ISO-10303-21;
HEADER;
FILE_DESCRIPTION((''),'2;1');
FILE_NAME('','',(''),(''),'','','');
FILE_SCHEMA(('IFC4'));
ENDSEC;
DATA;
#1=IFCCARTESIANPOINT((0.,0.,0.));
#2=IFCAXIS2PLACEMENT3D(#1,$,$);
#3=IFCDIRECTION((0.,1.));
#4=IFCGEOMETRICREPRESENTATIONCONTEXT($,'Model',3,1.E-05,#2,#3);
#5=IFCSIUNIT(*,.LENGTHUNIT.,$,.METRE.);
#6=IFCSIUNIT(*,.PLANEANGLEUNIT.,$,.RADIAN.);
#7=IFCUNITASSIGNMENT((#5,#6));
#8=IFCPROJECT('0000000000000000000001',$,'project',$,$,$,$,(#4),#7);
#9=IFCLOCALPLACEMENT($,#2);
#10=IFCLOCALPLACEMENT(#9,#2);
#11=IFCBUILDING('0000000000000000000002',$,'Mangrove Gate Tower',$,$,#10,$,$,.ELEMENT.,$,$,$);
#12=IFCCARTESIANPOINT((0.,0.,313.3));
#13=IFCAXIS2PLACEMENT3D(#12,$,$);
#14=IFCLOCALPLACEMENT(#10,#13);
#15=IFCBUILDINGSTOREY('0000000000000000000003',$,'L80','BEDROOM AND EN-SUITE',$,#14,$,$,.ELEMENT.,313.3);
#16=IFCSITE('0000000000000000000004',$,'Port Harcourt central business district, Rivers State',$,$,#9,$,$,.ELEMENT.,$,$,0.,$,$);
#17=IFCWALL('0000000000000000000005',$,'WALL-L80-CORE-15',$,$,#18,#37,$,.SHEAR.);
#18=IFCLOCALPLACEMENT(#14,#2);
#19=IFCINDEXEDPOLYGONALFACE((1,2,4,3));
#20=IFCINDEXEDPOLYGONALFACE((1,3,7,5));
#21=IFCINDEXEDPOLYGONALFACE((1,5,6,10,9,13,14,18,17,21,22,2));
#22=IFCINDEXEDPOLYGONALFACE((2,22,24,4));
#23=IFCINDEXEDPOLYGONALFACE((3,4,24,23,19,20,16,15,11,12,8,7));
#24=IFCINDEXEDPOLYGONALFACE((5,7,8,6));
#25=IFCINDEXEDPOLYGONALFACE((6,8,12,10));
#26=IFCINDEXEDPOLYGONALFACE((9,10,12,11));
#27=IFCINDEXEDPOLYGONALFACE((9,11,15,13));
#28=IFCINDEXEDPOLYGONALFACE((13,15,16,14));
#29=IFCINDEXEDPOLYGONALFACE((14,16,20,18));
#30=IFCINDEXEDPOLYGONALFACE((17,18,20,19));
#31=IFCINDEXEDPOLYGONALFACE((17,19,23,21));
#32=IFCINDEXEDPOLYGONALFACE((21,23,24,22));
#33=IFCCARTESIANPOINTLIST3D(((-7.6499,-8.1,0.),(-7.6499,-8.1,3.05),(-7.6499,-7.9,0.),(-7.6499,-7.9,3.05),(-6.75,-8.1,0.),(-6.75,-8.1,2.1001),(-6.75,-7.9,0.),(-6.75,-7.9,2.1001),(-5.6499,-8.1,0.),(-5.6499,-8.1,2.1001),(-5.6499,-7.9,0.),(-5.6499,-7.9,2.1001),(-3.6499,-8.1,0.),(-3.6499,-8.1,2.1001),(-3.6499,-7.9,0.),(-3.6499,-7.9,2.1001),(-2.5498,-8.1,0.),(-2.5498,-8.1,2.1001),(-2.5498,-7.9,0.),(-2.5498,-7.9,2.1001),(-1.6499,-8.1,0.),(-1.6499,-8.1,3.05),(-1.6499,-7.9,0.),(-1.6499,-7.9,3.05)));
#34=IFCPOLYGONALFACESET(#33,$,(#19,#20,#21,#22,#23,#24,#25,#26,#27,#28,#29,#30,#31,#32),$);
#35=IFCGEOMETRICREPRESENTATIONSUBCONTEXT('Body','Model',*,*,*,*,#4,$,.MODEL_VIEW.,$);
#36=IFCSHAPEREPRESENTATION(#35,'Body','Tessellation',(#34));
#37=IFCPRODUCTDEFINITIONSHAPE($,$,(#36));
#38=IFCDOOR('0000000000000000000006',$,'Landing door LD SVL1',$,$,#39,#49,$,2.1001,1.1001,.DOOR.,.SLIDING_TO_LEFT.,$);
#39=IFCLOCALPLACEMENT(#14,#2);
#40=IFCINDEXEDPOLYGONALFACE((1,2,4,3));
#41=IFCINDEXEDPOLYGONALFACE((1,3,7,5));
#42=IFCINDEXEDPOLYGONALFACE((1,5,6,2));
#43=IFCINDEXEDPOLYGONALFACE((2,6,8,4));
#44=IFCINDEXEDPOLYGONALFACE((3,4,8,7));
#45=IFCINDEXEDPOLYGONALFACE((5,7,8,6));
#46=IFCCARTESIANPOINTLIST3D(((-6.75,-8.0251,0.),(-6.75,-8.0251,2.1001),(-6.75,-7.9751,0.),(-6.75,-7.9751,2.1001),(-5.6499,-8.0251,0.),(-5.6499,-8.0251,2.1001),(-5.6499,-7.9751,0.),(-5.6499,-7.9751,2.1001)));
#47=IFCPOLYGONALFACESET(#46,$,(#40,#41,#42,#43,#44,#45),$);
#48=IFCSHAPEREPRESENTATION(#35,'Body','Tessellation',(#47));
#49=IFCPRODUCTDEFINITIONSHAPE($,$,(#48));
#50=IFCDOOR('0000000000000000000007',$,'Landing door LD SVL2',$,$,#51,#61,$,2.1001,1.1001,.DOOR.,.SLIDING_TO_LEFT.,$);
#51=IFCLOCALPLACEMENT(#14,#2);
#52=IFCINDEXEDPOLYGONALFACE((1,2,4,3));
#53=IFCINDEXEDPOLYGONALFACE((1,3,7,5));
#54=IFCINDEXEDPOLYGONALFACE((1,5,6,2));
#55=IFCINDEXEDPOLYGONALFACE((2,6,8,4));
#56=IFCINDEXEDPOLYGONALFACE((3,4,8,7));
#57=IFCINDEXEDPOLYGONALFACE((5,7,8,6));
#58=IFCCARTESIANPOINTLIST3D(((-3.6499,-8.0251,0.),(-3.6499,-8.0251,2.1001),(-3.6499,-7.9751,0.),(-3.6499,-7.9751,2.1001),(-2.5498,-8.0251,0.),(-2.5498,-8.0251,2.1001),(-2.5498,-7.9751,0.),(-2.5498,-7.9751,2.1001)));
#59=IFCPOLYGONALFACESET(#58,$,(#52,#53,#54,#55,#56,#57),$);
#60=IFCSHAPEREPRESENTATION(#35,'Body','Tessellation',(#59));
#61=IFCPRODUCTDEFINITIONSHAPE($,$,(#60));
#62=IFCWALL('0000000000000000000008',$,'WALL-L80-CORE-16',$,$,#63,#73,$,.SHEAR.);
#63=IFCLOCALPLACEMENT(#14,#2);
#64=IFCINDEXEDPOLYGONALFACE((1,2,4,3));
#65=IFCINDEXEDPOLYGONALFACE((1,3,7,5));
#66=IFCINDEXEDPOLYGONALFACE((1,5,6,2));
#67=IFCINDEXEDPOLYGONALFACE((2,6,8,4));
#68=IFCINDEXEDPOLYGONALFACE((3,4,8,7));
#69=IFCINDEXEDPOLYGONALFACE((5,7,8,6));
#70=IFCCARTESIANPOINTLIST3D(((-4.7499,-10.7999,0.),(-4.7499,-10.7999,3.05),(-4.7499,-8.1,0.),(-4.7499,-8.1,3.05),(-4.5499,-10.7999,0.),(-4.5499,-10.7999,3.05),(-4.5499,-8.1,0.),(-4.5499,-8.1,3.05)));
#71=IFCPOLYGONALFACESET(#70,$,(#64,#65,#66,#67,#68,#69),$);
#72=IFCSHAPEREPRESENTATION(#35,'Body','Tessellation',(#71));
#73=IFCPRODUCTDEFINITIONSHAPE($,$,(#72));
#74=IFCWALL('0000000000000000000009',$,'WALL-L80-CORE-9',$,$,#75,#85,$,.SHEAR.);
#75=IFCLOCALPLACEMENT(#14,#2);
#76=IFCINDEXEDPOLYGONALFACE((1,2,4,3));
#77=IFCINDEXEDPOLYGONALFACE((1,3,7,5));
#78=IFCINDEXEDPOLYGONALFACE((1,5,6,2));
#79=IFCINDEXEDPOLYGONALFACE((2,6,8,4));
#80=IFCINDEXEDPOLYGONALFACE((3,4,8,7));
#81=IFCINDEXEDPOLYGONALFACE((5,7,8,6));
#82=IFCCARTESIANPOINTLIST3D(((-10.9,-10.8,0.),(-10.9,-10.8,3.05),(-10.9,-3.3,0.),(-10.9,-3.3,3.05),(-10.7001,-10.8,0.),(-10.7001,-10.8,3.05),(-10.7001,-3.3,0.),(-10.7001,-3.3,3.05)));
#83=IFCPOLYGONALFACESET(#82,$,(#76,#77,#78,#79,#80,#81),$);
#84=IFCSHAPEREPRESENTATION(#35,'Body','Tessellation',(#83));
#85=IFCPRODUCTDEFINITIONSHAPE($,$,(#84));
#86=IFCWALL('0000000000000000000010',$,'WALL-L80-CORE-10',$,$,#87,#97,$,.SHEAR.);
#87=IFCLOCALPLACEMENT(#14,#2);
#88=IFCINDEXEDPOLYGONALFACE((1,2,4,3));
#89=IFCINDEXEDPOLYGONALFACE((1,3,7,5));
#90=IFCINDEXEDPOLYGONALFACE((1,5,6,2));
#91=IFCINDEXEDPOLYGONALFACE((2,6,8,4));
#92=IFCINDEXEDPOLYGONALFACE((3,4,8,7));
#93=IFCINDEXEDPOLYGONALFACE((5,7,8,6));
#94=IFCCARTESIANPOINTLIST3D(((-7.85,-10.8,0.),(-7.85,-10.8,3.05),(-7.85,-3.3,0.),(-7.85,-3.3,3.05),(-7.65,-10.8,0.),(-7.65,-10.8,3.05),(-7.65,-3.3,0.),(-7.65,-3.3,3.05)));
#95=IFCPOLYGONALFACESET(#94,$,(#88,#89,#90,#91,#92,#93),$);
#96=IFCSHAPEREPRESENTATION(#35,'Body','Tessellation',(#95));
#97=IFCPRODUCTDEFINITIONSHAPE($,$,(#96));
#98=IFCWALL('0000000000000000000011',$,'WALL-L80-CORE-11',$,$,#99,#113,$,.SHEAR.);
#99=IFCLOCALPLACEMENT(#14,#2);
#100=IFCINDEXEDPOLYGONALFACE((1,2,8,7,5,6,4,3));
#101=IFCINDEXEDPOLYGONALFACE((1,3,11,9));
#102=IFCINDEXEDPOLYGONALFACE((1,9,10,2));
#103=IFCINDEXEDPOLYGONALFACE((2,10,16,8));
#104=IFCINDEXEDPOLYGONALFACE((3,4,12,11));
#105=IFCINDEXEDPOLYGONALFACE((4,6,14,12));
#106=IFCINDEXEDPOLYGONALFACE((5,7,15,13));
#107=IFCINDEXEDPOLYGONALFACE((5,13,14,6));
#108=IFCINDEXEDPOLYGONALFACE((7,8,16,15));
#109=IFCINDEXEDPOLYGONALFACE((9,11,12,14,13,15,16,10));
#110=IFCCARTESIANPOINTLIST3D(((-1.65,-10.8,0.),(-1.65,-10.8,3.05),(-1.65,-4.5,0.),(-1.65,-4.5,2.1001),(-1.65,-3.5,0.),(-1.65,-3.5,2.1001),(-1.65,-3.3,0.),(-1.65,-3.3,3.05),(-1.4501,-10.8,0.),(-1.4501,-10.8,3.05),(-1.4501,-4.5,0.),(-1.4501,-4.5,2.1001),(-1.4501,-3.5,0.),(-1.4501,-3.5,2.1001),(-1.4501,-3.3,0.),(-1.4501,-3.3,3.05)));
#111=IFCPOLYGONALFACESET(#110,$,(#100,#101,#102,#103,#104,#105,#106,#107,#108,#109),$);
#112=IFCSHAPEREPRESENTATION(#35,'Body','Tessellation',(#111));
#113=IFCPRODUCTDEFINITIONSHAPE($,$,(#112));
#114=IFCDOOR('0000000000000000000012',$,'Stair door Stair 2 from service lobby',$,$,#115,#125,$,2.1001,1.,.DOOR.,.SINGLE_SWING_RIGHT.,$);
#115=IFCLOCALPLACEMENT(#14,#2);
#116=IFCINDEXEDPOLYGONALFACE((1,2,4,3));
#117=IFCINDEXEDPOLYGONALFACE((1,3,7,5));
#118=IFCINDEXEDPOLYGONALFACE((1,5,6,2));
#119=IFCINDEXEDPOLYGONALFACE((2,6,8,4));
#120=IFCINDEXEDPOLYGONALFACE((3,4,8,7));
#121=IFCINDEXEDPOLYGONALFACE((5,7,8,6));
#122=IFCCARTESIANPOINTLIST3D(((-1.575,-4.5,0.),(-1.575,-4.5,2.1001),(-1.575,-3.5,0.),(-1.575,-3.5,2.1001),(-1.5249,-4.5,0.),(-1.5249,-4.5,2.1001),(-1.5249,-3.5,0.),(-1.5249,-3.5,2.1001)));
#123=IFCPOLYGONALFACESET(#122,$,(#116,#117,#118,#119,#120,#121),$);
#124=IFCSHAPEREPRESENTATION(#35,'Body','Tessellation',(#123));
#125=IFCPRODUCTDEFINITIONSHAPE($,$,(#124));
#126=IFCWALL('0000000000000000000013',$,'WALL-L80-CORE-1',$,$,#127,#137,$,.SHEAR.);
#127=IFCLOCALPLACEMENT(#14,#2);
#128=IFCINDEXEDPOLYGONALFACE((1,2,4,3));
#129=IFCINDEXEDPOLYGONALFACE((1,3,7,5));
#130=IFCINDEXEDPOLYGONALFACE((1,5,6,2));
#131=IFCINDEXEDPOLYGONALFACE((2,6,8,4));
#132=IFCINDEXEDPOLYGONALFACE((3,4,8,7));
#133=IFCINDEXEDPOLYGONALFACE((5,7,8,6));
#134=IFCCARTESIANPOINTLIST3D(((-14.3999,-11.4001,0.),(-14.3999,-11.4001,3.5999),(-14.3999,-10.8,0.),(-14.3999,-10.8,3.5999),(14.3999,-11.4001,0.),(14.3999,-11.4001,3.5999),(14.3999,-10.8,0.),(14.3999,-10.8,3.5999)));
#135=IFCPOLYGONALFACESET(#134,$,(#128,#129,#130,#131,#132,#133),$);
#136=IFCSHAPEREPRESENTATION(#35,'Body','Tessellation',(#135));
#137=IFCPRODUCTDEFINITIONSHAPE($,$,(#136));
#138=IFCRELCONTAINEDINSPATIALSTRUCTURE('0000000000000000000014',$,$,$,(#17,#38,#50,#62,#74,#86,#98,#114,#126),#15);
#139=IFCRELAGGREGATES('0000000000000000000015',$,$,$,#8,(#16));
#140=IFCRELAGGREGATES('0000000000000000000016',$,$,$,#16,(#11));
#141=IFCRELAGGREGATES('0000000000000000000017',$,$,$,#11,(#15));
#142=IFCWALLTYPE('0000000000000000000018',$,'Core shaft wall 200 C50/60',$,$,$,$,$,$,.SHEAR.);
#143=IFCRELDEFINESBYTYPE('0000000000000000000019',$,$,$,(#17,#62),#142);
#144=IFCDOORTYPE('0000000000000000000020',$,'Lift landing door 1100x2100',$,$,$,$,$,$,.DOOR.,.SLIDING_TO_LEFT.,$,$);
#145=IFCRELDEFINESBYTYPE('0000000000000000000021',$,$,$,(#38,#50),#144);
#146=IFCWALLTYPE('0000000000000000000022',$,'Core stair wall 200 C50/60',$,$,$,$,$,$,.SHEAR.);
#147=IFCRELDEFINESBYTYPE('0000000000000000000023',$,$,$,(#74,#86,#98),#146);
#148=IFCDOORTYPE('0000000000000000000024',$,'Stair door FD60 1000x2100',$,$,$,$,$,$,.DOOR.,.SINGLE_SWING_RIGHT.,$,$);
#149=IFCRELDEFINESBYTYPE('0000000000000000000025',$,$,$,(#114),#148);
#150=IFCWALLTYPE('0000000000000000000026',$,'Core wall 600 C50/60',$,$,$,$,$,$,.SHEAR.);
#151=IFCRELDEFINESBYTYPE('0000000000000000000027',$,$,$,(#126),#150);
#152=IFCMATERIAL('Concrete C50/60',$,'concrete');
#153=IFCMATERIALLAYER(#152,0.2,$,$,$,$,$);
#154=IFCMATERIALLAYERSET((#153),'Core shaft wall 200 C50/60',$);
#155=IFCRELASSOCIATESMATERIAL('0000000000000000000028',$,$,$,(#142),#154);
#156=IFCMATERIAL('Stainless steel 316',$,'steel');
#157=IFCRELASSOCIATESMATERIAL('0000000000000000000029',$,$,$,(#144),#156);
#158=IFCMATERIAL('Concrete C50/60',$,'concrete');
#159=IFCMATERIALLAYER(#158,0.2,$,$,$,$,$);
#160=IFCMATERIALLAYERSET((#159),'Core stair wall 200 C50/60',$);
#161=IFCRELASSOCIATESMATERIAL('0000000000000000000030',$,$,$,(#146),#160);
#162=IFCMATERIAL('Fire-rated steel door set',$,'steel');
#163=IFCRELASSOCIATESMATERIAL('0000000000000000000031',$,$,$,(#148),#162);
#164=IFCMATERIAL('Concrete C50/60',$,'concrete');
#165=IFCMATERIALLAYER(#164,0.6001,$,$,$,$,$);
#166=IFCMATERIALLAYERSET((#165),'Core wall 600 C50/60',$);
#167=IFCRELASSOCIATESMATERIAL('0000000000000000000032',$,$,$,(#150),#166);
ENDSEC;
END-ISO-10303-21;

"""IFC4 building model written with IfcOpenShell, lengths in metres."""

from ifc_helpers import new_model, si_unit, direction, frame, frame_2d, origin, place, context, subcontext, project, spatial, rectangle, extrude, material, layer, layer_set, type_object, element, fill, save


model = new_model("IFC4")

# Units and contexts
model_context = context("Model", 3, precision=1e-05, world=origin(), true_north=direction((0.0, 1.0)))
body_context = subcontext(model_context, "Body", "Model", "MODEL_VIEW")
ifc_project = project(units=[si_unit("LENGTHUNIT", "METRE"), si_unit("PLANEANGLEUNIT", "RADIAN")], contexts=[model_context])

# Site, building, storey
site_placement = place(None, origin())
site = spatial("IfcSite", under=ifc_project, at=site_placement, Name="Port Harcourt central business district, Rivers State", CompositionType="ELEMENT", RefElevation=0.0)
building_placement = place(site_placement, origin())
building = spatial("IfcBuilding", under=site, at=building_placement, Name="Mangrove Gate Tower", CompositionType="ELEMENT")
storey_placement = place(building_placement, frame((0.0, 0.0, 313.3)))
storey = spatial("IfcBuildingStorey", under=building, at=storey_placement, Name="L80", Description="BEDROOM AND EN-SUITE", CompositionType="ELEMENT", Elevation=313.3)

# Wall, openings, doors
ifc_material_1 = material(Name="Concrete C50/60", Category="concrete")
ifc_layer_1 = layer(ifc_material_1, 0.2)
ifc_layer_set_1 = layer_set([ifc_layer_1], Name="Core shaft wall 200 C50/60")
wall_type_1 = type_object("IfcWallType", Name="Core shaft wall 200 C50/60", PredefinedType="SHEAR", material=ifc_layer_set_1)
wall_1_placement = place(storey_placement, frame((-7.6499, -8.0, 0.0), z_axis=(0.0, 0.0, 1.0), x_axis=(1.0, 0.0, 0.0)))
wall_1 = element("IfcWall", 1, at=wall_1_placement, inside=storey, type_object=wall_type_1, Name="WALL-L80-CORE-15", PredefinedType="SHEAR", context=body_context, shape_type="SweptSolid", body=[
    extrude(rectangle(XDim=6.0, YDim=0.2, at=frame_2d((3.0, 0.0))), origin(), (0.0, 0.0, 1.0), 3.05),
])
opening_1_placement = place(wall_1_placement, frame((0.8999, 0.0, 0.0)))
opening_1 = element("IfcOpeningElement", 2, at=opening_1_placement, cuts=wall_1, PredefinedType="OPENING", context=body_context, shape_type="SweptSolid", body=[
    extrude(rectangle(XDim=1.1001, YDim=2.1001, at=frame_2d((0.55, 1.05))), frame((0.0, 0.1099, 0.0), z_axis=(0.0, -1.0, 0.0), x_axis=(1.0, 0.0, 0.0)), (0.0, 0.0, 1.0), 0.22),
])
opening_2_placement = place(wall_1_placement, frame((4.0, 0.0, 0.0)))
opening_2 = element("IfcOpeningElement", 3, at=opening_2_placement, cuts=wall_1, PredefinedType="OPENING", context=body_context, shape_type="SweptSolid", body=[
    extrude(rectangle(XDim=1.1001, YDim=2.1001, at=frame_2d((0.55, 1.05))), frame((0.0, 0.1099, 0.0), z_axis=(0.0, -1.0, 0.0), x_axis=(1.0, 0.0, 0.0)), (0.0, 0.0, 1.0), 0.22),
])
ifc_material_2 = material(Name="Stainless steel 316", Category="steel")
door_type_1 = type_object("IfcDoorType", Name="Lift landing door 1100x2100", OperationType="SLIDING_TO_LEFT", PredefinedType="DOOR", material=ifc_material_2)
door_1_placement = place(opening_1_placement, origin())
door_1 = element("IfcDoor", 4, at=door_1_placement, inside=storey, type_object=door_type_1, Name="Landing door LD SVL1", OperationType="SLIDING_TO_LEFT", OverallHeight=2.1001, OverallWidth=1.1001, PredefinedType="DOOR", context=body_context, shape_type="SweptSolid", body=[
    extrude(rectangle(XDim=1.1001, YDim=2.1001, at=frame_2d((0.55, 1.05))), frame((0.0, 0.0249, 0.0), z_axis=(0.0, -1.0, 0.0), x_axis=(1.0, 0.0, 0.0)), (0.0, 0.0, 1.0), 0.05),
])
fill(opening_1, door_1)
door_2_placement = place(opening_2_placement, origin())
door_2 = element("IfcDoor", 5, at=door_2_placement, inside=storey, type_object=door_type_1, Name="Landing door LD SVL2", OperationType="SLIDING_TO_LEFT", OverallHeight=2.1001, OverallWidth=1.1001, PredefinedType="DOOR", context=body_context, shape_type="SweptSolid", body=[
    extrude(rectangle(XDim=1.1001, YDim=2.1001, at=frame_2d((0.55, 1.05))), frame((0.0, 0.0249, 0.0), z_axis=(0.0, -1.0, 0.0), x_axis=(1.0, 0.0, 0.0)), (0.0, 0.0, 1.0), 0.05),
])
fill(opening_2, door_2)

# Walls
wall_2_placement = place(storey_placement, frame((-4.6499, -10.8, 0.0), z_axis=(0.0, 0.0, 1.0), x_axis=(0.0, 1.0, 0.0)))
element("IfcWall", 6, at=wall_2_placement, inside=storey, type_object=wall_type_1, Name="WALL-L80-CORE-16", PredefinedType="SHEAR", context=body_context, shape_type="SweptSolid", body=[
    extrude(rectangle(XDim=2.7, YDim=0.2, at=frame_2d((1.3501, 0.0))), origin(), (0.0, 0.0, 1.0), 3.05),
])
ifc_material_3 = material(Name="Concrete C50/60", Category="concrete")
ifc_layer_2 = layer(ifc_material_3, 0.2)
ifc_layer_set_2 = layer_set([ifc_layer_2], Name="Core stair wall 200 C50/60")
wall_type_2 = type_object("IfcWallType", Name="Core stair wall 200 C50/60", PredefinedType="SHEAR", material=ifc_layer_set_2)
for number, where, z_axis, x_axis, name in (
    (7, (-10.8, -10.8, 0.0), (0.0, 0.0, 1.0), (0.0, 1.0, 0.0), "WALL-L80-CORE-9"),
    (8, (-7.75, -10.8, 0.0), (0.0, 0.0, 1.0), (0.0, 1.0, 0.0), "WALL-L80-CORE-10"),
):
    element("IfcWall", number, at=place(storey_placement, frame(where, z_axis=z_axis, x_axis=x_axis)), inside=storey, type_object=wall_type_2, Name=name, PredefinedType="SHEAR", context=body_context, shape_type="SweptSolid", body=[
        extrude(rectangle(XDim=7.5, YDim=0.2, at=frame_2d((3.75, 0.0))), origin(), (0.0, 0.0, 1.0), 3.05),
    ])

# Wall, opening, door
wall_3_placement = place(storey_placement, frame((-1.55, -10.8, 0.0), z_axis=(0.0, 0.0, 1.0), x_axis=(0.0, 1.0, 0.0)))
wall_3 = element("IfcWall", 9, at=wall_3_placement, inside=storey, type_object=wall_type_2, Name="WALL-L80-CORE-11", PredefinedType="SHEAR", context=body_context, shape_type="SweptSolid", body=[
    extrude(rectangle(XDim=7.5, YDim=0.2, at=frame_2d((3.75, 0.0))), origin(), (0.0, 0.0, 1.0), 3.05),
])
opening_3_placement = place(wall_3_placement, frame((6.3, 0.0, 0.0)))
opening_3 = element("IfcOpeningElement", 10, at=opening_3_placement, cuts=wall_3, PredefinedType="OPENING", context=body_context, shape_type="SweptSolid", body=[
    extrude(rectangle(XDim=1.0, YDim=2.1001, at=frame_2d((0.5, 1.05))), frame((0.0, 0.1099, 0.0), z_axis=(0.0, -1.0, 0.0), x_axis=(1.0, 0.0, 0.0)), (0.0, 0.0, 1.0), 0.22),
])
ifc_material_4 = material(Name="Fire-rated steel door set", Category="steel")
door_type_2 = type_object("IfcDoorType", Name="Stair door FD60 1000x2100", OperationType="SINGLE_SWING_RIGHT", PredefinedType="DOOR", material=ifc_material_4)
door_3_placement = place(opening_3_placement, origin())
door_3 = element("IfcDoor", 11, at=door_3_placement, inside=storey, type_object=door_type_2, Name="Stair door Stair 2 from service lobby", OperationType="SINGLE_SWING_RIGHT", OverallHeight=2.1001, OverallWidth=1.0, PredefinedType="DOOR", context=body_context, shape_type="SweptSolid", body=[
    extrude(rectangle(XDim=1.0, YDim=2.1001, at=frame_2d((0.5, 1.05))), frame((0.0, 0.0249, 0.0), z_axis=(0.0, -1.0, 0.0), x_axis=(1.0, 0.0, 0.0)), (0.0, 0.0, 1.0), 0.05),
])
fill(opening_3, door_3)

# Wall
ifc_material_5 = material(Name="Concrete C50/60", Category="concrete")
ifc_layer_3 = layer(ifc_material_5, 0.6001)
ifc_layer_set_3 = layer_set([ifc_layer_3], Name="Core wall 600 C50/60")
wall_type_3 = type_object("IfcWallType", Name="Core wall 600 C50/60", PredefinedType="SHEAR", material=ifc_layer_set_3)
wall_4_placement = place(storey_placement, frame((-14.3999, -11.1001, 0.0), z_axis=(0.0, 0.0, 1.0), x_axis=(1.0, 0.0, 0.0)))
element("IfcWall", 12, at=wall_4_placement, inside=storey, type_object=wall_type_3, Name="WALL-L80-CORE-1", PredefinedType="SHEAR", context=body_context, shape_type="SweptSolid", body=[
    extrude(rectangle(XDim=28.7998, YDim=0.6001, at=frame_2d((14.3999, 0.0))), origin(), (0.0, 0.0, 1.0), 3.5999),
])

save(model, "model.ifc")
